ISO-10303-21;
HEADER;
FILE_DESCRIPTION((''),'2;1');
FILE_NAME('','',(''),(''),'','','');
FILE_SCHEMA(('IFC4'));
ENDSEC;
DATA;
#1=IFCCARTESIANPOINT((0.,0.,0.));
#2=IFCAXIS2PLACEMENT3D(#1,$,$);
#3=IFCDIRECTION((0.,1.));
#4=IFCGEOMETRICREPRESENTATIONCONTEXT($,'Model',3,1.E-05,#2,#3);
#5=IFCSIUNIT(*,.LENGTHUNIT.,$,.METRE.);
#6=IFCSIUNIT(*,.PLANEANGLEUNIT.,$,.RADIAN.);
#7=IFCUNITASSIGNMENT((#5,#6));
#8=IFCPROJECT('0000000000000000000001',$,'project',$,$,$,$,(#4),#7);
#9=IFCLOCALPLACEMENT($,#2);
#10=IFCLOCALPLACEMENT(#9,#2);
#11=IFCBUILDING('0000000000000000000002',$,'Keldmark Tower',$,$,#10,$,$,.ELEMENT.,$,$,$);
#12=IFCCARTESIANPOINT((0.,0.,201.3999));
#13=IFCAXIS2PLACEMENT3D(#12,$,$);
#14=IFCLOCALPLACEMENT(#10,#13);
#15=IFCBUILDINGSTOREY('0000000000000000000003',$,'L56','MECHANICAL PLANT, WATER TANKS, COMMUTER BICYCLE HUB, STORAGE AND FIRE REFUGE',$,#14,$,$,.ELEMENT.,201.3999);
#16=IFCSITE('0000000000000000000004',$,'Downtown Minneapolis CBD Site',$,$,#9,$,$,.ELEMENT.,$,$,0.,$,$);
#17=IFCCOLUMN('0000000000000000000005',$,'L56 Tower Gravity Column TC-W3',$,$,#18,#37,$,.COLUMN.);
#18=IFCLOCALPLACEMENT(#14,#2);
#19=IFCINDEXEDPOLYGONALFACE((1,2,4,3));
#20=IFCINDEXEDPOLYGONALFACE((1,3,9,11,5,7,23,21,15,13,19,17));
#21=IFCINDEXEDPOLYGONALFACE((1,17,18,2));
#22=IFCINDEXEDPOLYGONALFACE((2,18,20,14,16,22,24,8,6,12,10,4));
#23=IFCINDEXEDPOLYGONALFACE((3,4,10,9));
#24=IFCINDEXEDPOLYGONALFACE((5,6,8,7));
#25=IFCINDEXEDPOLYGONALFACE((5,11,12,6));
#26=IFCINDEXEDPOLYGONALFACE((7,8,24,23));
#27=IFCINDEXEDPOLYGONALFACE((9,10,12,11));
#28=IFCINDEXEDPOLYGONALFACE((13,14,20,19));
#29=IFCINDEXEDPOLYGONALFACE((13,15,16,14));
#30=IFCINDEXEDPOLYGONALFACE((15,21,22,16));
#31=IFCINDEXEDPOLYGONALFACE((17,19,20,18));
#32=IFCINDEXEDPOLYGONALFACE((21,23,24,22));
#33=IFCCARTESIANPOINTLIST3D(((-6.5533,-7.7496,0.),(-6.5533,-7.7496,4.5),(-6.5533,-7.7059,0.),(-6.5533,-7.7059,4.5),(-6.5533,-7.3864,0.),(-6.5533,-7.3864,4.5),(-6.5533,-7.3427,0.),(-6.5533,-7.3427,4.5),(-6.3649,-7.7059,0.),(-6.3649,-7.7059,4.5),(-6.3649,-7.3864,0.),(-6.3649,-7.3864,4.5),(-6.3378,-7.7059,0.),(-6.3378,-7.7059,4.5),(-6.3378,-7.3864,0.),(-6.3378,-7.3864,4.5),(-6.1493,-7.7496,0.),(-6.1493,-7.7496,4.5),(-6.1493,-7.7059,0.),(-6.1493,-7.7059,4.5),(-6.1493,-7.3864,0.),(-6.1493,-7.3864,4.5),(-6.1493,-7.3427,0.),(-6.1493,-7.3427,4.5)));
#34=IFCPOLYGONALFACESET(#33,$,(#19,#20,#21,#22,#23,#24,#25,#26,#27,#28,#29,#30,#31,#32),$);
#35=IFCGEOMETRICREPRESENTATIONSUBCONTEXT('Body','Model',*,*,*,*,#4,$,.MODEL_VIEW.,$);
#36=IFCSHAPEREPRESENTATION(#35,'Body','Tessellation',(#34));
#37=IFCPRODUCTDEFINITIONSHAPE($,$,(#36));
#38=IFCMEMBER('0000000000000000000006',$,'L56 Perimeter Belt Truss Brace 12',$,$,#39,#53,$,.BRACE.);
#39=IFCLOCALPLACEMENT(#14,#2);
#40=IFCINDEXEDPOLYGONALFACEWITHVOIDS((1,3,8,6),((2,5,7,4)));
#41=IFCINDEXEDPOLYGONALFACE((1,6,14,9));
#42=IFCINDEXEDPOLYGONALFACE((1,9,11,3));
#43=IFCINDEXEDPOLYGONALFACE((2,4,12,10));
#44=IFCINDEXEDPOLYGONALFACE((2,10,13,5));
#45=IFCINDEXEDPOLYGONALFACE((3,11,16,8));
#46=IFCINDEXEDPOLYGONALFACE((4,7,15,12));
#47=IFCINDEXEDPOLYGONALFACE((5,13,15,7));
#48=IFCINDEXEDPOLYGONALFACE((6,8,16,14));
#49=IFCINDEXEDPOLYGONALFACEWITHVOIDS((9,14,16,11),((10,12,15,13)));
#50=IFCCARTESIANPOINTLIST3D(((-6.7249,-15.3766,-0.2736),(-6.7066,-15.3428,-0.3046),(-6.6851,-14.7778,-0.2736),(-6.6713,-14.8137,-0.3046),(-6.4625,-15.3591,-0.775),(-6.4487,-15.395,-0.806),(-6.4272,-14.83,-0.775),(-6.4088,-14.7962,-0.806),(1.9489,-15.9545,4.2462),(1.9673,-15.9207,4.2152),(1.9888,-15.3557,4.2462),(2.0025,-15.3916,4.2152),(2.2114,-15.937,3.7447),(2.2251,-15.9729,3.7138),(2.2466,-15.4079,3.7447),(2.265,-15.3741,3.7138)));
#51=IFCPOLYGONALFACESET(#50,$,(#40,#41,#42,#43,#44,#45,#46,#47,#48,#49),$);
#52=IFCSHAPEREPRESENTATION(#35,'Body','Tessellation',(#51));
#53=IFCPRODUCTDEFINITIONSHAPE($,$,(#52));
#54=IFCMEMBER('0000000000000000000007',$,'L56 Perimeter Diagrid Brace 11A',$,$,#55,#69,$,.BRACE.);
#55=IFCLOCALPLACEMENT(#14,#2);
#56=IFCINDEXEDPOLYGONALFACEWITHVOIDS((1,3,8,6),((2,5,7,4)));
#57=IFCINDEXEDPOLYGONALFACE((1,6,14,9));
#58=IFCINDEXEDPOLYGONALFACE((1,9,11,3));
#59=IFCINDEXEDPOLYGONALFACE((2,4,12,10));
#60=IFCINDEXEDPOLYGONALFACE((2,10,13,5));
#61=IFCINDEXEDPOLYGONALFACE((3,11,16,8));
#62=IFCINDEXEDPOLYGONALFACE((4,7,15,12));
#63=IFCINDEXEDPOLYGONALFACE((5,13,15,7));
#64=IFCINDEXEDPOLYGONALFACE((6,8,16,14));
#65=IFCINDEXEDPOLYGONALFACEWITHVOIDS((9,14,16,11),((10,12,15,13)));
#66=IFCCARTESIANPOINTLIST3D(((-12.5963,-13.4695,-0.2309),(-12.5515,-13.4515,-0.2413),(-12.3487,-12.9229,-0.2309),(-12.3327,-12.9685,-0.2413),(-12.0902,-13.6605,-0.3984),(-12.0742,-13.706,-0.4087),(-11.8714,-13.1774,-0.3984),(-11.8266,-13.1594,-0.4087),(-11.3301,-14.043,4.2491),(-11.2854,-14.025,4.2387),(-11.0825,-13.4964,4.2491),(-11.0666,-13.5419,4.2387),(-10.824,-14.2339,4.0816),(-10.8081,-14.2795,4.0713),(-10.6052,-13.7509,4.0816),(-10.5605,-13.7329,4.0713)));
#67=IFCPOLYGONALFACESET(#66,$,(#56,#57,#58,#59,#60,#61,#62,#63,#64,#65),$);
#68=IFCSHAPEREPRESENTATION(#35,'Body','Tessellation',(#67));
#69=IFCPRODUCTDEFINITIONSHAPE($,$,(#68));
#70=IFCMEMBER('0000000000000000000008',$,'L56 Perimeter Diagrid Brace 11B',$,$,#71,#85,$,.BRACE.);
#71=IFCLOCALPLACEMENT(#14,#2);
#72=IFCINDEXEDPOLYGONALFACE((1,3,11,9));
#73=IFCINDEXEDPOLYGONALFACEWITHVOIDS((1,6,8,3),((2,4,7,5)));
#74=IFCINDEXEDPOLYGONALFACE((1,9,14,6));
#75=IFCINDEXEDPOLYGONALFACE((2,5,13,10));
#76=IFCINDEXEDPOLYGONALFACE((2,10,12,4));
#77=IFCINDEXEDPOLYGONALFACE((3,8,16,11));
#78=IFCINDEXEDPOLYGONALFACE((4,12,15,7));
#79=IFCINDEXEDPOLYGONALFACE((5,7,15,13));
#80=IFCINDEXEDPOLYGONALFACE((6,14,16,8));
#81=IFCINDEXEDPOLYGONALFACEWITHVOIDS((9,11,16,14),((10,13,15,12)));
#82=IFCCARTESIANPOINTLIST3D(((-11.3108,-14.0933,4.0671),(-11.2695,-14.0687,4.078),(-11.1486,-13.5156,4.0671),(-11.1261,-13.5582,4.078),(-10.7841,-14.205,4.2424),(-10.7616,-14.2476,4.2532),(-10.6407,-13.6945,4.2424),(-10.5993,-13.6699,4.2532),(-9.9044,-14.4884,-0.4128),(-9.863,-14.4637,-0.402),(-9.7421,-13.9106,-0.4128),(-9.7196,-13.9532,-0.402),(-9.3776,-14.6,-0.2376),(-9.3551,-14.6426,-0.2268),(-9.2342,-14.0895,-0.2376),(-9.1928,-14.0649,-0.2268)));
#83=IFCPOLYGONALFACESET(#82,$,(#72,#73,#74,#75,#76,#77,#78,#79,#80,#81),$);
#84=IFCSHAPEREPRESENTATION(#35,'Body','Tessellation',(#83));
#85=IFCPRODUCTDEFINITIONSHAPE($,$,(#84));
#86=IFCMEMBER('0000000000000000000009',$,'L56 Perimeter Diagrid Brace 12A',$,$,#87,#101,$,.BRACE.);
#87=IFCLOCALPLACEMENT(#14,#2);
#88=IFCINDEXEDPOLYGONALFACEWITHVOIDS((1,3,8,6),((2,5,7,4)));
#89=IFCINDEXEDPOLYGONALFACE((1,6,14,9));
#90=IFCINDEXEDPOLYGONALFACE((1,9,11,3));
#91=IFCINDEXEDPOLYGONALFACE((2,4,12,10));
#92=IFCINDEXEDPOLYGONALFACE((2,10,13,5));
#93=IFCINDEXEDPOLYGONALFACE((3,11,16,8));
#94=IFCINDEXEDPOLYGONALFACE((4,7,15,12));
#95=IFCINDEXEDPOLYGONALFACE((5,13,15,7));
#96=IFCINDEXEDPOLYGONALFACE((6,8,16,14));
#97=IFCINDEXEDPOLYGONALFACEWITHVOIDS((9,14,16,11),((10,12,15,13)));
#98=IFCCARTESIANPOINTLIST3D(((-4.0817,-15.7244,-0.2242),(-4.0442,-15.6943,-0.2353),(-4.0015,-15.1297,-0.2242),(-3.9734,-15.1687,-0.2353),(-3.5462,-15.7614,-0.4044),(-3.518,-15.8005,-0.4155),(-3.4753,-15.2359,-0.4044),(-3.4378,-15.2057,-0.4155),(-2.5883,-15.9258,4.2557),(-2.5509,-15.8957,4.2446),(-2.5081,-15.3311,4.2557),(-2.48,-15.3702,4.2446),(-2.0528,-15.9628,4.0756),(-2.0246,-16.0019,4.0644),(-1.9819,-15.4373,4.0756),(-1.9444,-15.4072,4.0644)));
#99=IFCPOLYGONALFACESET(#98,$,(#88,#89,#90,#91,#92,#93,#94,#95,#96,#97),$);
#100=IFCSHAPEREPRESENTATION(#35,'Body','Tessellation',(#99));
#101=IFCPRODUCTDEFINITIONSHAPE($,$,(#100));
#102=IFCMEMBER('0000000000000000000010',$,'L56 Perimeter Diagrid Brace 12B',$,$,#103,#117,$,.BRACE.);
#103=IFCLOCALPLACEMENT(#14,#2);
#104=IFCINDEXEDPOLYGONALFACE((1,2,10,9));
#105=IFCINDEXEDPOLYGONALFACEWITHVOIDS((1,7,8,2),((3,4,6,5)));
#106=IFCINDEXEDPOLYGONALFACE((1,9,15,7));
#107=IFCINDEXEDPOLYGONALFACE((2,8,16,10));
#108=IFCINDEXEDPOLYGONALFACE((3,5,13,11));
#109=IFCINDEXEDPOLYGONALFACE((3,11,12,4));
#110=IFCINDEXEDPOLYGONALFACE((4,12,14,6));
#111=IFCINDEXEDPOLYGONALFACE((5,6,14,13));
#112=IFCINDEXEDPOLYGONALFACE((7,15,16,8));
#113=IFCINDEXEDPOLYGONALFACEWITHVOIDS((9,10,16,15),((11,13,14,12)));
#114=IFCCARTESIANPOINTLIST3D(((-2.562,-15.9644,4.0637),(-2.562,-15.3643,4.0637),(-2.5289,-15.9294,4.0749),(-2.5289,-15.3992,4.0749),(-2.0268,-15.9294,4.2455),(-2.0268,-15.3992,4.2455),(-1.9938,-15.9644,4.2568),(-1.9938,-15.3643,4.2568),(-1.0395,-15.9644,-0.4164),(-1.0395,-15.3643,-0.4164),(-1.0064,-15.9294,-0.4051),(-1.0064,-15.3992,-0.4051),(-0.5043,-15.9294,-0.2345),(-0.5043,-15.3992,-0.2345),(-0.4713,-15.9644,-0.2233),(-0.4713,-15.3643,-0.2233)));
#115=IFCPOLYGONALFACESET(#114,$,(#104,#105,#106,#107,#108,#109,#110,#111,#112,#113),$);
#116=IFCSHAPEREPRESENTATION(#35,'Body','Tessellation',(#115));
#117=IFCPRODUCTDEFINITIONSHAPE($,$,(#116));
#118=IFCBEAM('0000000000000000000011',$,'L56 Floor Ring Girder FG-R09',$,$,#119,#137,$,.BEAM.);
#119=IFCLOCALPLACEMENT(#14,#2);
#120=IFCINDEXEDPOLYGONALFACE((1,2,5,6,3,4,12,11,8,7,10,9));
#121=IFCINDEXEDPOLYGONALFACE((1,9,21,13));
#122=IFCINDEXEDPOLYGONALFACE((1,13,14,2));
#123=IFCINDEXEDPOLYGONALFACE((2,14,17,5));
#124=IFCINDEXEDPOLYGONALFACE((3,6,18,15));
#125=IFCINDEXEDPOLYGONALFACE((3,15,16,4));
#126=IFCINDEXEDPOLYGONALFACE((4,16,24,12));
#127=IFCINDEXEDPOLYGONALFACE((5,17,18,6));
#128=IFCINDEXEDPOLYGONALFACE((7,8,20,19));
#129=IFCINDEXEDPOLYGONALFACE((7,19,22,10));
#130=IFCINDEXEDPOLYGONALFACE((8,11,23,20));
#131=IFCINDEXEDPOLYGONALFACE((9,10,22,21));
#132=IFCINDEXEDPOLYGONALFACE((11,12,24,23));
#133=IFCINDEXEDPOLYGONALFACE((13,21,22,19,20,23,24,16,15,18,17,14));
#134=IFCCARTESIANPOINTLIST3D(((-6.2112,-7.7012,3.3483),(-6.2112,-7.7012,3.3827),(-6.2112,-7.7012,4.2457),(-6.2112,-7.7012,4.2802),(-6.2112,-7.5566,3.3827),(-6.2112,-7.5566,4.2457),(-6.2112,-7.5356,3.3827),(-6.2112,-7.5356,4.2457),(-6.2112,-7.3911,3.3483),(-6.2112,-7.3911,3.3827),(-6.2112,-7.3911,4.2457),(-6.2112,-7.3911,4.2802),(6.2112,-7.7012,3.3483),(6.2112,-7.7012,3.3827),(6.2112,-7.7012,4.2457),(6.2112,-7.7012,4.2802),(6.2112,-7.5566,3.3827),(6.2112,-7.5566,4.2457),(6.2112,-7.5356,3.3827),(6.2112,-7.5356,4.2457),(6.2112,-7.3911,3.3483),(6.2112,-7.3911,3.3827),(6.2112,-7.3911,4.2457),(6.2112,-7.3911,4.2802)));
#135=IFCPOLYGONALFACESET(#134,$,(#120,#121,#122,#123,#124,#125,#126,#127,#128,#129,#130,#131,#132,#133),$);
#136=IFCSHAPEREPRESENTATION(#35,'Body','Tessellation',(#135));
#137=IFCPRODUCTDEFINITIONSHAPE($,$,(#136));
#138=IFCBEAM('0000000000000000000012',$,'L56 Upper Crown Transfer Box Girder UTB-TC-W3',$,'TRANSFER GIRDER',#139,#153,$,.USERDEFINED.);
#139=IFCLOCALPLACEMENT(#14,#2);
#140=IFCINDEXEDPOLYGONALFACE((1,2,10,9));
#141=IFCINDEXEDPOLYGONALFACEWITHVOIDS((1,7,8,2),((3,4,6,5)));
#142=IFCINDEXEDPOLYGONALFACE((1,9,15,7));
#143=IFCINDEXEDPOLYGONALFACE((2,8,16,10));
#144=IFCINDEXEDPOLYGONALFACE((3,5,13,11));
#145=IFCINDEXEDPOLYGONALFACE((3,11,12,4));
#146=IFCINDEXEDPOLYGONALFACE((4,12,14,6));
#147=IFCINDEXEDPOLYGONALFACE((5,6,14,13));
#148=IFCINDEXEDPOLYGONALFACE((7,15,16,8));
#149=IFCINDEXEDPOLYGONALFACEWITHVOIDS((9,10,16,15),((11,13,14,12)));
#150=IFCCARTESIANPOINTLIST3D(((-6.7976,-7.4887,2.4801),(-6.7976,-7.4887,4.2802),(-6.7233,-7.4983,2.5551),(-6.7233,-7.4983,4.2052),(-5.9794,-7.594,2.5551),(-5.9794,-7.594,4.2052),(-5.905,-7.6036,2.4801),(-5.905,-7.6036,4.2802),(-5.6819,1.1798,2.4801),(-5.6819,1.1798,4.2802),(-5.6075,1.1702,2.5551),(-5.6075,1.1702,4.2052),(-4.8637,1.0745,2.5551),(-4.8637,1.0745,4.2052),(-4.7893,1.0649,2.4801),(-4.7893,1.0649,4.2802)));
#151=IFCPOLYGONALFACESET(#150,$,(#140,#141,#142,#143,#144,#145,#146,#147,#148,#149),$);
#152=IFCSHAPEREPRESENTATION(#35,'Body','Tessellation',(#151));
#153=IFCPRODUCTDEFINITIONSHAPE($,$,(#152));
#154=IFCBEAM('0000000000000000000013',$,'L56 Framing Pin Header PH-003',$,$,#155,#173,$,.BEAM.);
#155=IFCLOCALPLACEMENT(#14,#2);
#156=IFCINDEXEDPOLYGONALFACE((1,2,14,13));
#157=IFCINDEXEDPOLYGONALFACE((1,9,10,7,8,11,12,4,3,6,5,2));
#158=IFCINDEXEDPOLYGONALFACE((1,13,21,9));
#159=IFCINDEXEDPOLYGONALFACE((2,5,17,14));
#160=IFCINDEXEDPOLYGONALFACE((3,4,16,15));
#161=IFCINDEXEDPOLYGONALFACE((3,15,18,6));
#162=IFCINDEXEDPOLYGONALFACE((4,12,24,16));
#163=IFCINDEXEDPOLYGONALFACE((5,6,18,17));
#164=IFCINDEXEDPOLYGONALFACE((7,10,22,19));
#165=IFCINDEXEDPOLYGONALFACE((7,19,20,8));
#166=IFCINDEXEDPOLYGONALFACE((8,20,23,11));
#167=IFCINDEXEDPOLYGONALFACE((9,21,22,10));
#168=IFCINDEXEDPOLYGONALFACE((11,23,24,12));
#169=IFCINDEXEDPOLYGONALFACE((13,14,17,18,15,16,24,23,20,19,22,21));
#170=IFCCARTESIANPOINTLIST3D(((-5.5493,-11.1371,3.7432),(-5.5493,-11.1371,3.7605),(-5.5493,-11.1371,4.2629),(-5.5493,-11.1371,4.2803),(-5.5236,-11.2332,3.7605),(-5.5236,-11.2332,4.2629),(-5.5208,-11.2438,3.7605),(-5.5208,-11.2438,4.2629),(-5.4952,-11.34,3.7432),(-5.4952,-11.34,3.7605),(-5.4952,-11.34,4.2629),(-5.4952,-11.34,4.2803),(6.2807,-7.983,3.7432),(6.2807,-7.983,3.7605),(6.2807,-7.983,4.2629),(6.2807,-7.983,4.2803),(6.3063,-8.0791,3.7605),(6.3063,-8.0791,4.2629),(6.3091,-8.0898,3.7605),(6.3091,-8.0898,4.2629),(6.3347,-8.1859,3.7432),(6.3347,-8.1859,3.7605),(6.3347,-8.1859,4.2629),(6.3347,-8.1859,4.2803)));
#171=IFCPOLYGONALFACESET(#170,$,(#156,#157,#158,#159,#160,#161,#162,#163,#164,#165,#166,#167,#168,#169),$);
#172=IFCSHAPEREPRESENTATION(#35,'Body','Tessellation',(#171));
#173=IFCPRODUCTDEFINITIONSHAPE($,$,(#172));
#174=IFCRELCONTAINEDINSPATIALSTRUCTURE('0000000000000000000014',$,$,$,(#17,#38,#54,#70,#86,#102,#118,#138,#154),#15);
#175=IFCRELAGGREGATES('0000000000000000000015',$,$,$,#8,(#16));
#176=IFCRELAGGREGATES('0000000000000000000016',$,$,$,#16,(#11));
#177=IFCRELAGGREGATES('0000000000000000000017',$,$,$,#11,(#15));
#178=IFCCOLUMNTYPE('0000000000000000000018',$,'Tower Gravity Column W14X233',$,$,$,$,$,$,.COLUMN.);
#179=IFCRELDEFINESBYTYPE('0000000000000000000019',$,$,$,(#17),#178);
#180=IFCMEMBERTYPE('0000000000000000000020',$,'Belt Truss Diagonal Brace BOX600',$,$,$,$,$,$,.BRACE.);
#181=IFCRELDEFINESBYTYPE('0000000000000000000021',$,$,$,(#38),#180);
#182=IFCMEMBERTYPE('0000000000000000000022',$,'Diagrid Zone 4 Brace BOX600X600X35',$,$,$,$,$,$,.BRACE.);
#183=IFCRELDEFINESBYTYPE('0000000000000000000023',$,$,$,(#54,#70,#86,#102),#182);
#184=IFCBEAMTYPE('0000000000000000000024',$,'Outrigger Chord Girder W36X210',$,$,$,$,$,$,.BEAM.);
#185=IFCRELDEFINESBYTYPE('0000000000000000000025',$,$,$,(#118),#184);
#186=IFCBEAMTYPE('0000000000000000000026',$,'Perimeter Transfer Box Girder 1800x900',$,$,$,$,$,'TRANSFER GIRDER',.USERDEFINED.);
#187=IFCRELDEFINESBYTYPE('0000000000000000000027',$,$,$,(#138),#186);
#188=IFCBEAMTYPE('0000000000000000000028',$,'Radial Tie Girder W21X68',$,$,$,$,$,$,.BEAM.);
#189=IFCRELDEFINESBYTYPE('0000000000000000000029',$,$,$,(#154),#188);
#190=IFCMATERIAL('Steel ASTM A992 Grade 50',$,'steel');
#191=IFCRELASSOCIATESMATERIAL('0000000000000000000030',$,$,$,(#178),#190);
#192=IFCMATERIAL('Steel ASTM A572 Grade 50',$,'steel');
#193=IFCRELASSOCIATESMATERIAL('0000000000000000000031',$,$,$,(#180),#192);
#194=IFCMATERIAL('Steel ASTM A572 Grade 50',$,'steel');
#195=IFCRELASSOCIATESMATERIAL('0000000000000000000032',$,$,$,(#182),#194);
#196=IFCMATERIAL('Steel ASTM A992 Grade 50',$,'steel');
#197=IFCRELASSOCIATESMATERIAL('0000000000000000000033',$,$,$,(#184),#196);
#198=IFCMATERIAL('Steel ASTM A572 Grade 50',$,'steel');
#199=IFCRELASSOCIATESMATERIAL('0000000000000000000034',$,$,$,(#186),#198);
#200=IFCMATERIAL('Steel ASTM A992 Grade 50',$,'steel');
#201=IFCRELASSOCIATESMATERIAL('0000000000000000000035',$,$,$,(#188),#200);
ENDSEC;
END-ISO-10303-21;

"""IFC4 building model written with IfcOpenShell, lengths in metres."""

from ifc_helpers import new_model, si_unit, direction, frame, origin, origin_2d, place, context, subcontext, project, spatial, hollow_rectangle, i_section, extrude, material, material_profile, profile_set, type_object, element, save


model = new_model("IFC4")

# Units and contexts
model_context = context("Model", 3, precision=1e-05, world=origin(), true_north=direction((0.0, 1.0)))
body_context = subcontext(model_context, "Body", "Model", "MODEL_VIEW")
ifc_project = project(units=[si_unit("LENGTHUNIT", "METRE"), si_unit("PLANEANGLEUNIT", "RADIAN")], contexts=[model_context])

# Site, building, storey
site_placement = place(None, origin())
site = spatial("IfcSite", under=ifc_project, at=site_placement, Name="Downtown Minneapolis CBD Site", CompositionType="ELEMENT", RefElevation=0.0)
building_placement = place(site_placement, origin())
building = spatial("IfcBuilding", under=site, at=building_placement, Name="Keldmark Tower", CompositionType="ELEMENT")
storey_placement = place(building_placement, frame((0.0, 0.0, 201.3999)))
storey = spatial("IfcBuildingStorey", under=building, at=storey_placement, Name="L56", Description="MECHANICAL PLANT, WATER TANKS, COMMUTER BICYCLE HUB, STORAGE AND FIRE REFUGE", CompositionType="ELEMENT", Elevation=201.3999)

# Column
ifc_material_1 = material(Name="Steel ASTM A992 Grade 50", Category="steel")
ifc_material_profile_1 = material_profile(ifc_material_1, i_section(OverallWidth=0.4041, OverallDepth=0.407, WebThickness=0.0271, FlangeThickness=0.0437, at=origin_2d()), Name="W14X233")
ifc_profile_set_1 = profile_set([ifc_material_profile_1], Name="Steel ASTM A992 Grade 50")
column_type = type_object("IfcColumnType", Name="Tower Gravity Column W14X233", PredefinedType="COLUMN", material=ifc_profile_set_1)
column_placement = place(storey_placement, frame((-6.3513, -7.5461, 0.0), z_axis=(0.0, 0.0, 1.0), x_axis=(1.0, 0.0, 0.0)))
element("IfcColumn", 1, at=column_placement, inside=storey, type_object=column_type, Name="L56 Tower Gravity Column TC-W3", PredefinedType="COLUMN", context=body_context, shape_type="SweptSolid", body=[
    extrude(i_section(OverallWidth=0.4041, OverallDepth=0.407, WebThickness=0.0271, FlangeThickness=0.0437, at=origin_2d()), origin(), (0.0, 0.0, 1.0), 4.5),
])

# Members
ifc_material_2 = material(Name="Steel ASTM A572 Grade 50", Category="steel")
ifc_material_profile_2 = material_profile(ifc_material_2, hollow_rectangle(XDim=0.6001, YDim=0.6001, WallThickness=0.0349, at=origin_2d()), Name="BOX600X600X35")
ifc_profile_set_2 = profile_set([ifc_material_profile_2], Name="Steel ASTM A572 Grade 50")
member_type_1 = type_object("IfcMemberType", Name="Belt Truss Diagonal Brace BOX600", PredefinedType="BRACE", material=ifc_profile_set_2)
member_1_placement = place(storey_placement, frame((-6.5669, -15.0864, -0.5398), z_axis=(0.88528, -0.05898, 0.461303), x_axis=(0.066476, 0.997788, 0.0)))
element("IfcMember", 2, at=member_1_placement, inside=storey, type_object=member_type_1, Name="L56 Perimeter Belt Truss Brace 12", PredefinedType="BRACE", context=body_context, shape_type="SweptSolid", body=[
    extrude(hollow_rectangle(XDim=0.6001, YDim=0.6001, WallThickness=0.0349, at=origin_2d()), origin(), (0.0, 0.0, 1.0), 9.7979),
])
ifc_material_3 = material(Name="Steel ASTM A572 Grade 50", Category="steel")
ifc_material_profile_3 = material_profile(ifc_material_3, hollow_rectangle(XDim=0.6001, YDim=0.6001, WallThickness=0.0349, at=origin_2d()), Name="BOX600X600X35")
ifc_profile_set_3 = profile_set([ifc_material_profile_3], Name="Steel ASTM A572 Grade 50")
member_type_2 = type_object("IfcMemberType", Name="Diagrid Zone 4 Brace BOX600X600X35", PredefinedType="BRACE", material=ifc_profile_set_3)
member_2_placement = place(storey_placement, frame((-12.2114, -13.3145, -0.3198), z_axis=(0.269923, -0.122262, 0.955088), x_axis=(0.412598, 0.910913, 0.0)))
element("IfcMember", 3, at=member_2_placement, inside=storey, type_object=member_type_2, Name="L56 Perimeter Diagrid Brace 11A", PredefinedType="BRACE", context=body_context, shape_type="SweptSolid", body=[
    extrude(hollow_rectangle(XDim=0.6001, YDim=0.6001, WallThickness=0.0349, at=origin_2d()), origin(), (0.0, 0.0, 1.0), 4.6907),
])
member_3_placement = place(storey_placement, frame((-9.5486, -14.2766, -0.3198), z_axis=(-0.298482, 0.08383, 0.950727), x_axis=(-0.270392, -0.96275, 0.0)))
element("IfcMember", 4, at=member_3_placement, inside=storey, type_object=member_type_2, Name="L56 Perimeter Diagrid Brace 11B", PredefinedType="BRACE", context=body_context, shape_type="SweptSolid", body=[
    extrude(hollow_rectangle(XDim=0.6001, YDim=0.6001, WallThickness=0.0349, at=origin_2d()), origin(), (0.0, 0.0, 1.0), 4.7122),
])
member_4_placement = place(storey_placement, frame((-3.7598, -15.4651, -0.3198), z_axis=(0.315956, -0.042613, 0.947816), x_axis=(0.13366, 0.991027, 0.0)))
element("IfcMember", 5, at=member_4_placement, inside=storey, type_object=member_type_2, Name="L56 Perimeter Diagrid Brace 12A", PredefinedType="BRACE", context=body_context, shape_type="SweptSolid", body=[
    extrude(hollow_rectangle(XDim=0.6001, YDim=0.6001, WallThickness=0.0349, at=origin_2d()), origin(), (0.0, 0.0, 1.0), 4.7266),
])
member_5_placement = place(storey_placement, frame((-0.7554, -15.6643, -0.3198), z_axis=(-0.321764, 0.0, 0.94682), x_axis=(0.0, -1.0, 0.0)))
element("IfcMember", 6, at=member_5_placement, inside=storey, type_object=member_type_2, Name="L56 Perimeter Diagrid Brace 12B", PredefinedType="BRACE", context=body_context, shape_type="SweptSolid", body=[
    extrude(hollow_rectangle(XDim=0.6001, YDim=0.6001, WallThickness=0.0349, at=origin_2d()), origin(), (0.0, 0.0, 1.0), 4.7317),
])

# Beams
ifc_material_4 = material(Name="Steel ASTM A992 Grade 50", Category="steel")
ifc_material_profile_4 = material_profile(ifc_material_4, i_section(OverallWidth=0.3101, OverallDepth=0.9319, WebThickness=0.021, FlangeThickness=0.0344, at=origin_2d()), Name="W36X210")
ifc_profile_set_4 = profile_set([ifc_material_profile_4], Name="Steel ASTM A992 Grade 50")
beam_type_1 = type_object("IfcBeamType", Name="Outrigger Chord Girder W36X210", PredefinedType="BEAM", material=ifc_profile_set_4)
beam_1_placement = place(storey_placement, frame((-6.2112, -7.5461, 3.8142), z_axis=(1.0, 0.0, 0.0), x_axis=(0.0, 1.0, 0.0)))
element("IfcBeam", 7, at=beam_1_placement, inside=storey, type_object=beam_type_1, Name="L56 Floor Ring Girder FG-R09", PredefinedType="BEAM", context=body_context, shape_type="SweptSolid", body=[
    extrude(i_section(OverallWidth=0.3101, OverallDepth=0.9319, WebThickness=0.021, FlangeThickness=0.0344, at=origin_2d()), origin(), (0.0, 0.0, 1.0), 12.4224),
])
ifc_material_5 = material(Name="Steel ASTM A572 Grade 50", Category="steel")
ifc_material_profile_5 = material_profile(ifc_material_5, hollow_rectangle(XDim=0.8999, YDim=1.8, WallThickness=0.075, at=origin_2d()), Name="TBOX1800X900X75")
ifc_profile_set_5 = profile_set([ifc_material_profile_5], Name="Steel ASTM A572 Grade 50")
beam_type_2 = type_object("IfcBeamType", Name="Perimeter Transfer Box Girder 1800x900", ElementType="TRANSFER GIRDER", PredefinedType="USERDEFINED", material=ifc_profile_set_5)
beam_2_placement = place(storey_placement, frame((-6.3513, -7.5461, 3.3801), z_axis=(0.127658, 0.991818, 0.0), x_axis=(-0.991818, 0.127658, 0.0)))
element("IfcBeam", 8, at=beam_2_placement, inside=storey, type_object=beam_type_2, Name="L56 Upper Crown Transfer Box Girder UTB-TC-W3", ObjectType="TRANSFER GIRDER", PredefinedType="USERDEFINED", context=body_context, shape_type="SweptSolid", body=[
    extrude(hollow_rectangle(XDim=0.8999, YDim=1.8, WallThickness=0.075, at=origin_2d()), origin(), (0.0, 0.0, 1.0), 8.74),
])
ifc_material_6 = material(Name="Steel ASTM A992 Grade 50", Category="steel")
ifc_material_profile_6 = material_profile(ifc_material_6, i_section(OverallWidth=0.21, OverallDepth=0.5371, WebThickness=0.011, FlangeThickness=0.0173, at=origin_2d()), Name="W21X68")
ifc_profile_set_6 = profile_set([ifc_material_profile_6], Name="Steel ASTM A992 Grade 50")
beam_type_3 = type_object("IfcBeamType", Name="Radial Tie Girder W21X68", PredefinedType="BEAM", material=ifc_profile_set_6)
beam_3_placement = place(storey_placement, frame((-5.5222, -11.2385, 4.0117), z_axis=(0.966247, 0.257619, 0.0), x_axis=(-0.257619, 0.966247, 0.0)))
element("IfcBeam", 9, at=beam_3_placement, inside=storey, type_object=beam_type_3, Name="L56 Framing Pin Header PH-003", PredefinedType="BEAM", context=body_context, shape_type="SweptSolid", body=[
    extrude(i_section(OverallWidth=0.21, OverallDepth=0.5371, WebThickness=0.011, FlangeThickness=0.0173, at=origin_2d()), origin(), (0.0, 0.0, 1.0), 12.2432),
])

save(model, "model.ifc")
